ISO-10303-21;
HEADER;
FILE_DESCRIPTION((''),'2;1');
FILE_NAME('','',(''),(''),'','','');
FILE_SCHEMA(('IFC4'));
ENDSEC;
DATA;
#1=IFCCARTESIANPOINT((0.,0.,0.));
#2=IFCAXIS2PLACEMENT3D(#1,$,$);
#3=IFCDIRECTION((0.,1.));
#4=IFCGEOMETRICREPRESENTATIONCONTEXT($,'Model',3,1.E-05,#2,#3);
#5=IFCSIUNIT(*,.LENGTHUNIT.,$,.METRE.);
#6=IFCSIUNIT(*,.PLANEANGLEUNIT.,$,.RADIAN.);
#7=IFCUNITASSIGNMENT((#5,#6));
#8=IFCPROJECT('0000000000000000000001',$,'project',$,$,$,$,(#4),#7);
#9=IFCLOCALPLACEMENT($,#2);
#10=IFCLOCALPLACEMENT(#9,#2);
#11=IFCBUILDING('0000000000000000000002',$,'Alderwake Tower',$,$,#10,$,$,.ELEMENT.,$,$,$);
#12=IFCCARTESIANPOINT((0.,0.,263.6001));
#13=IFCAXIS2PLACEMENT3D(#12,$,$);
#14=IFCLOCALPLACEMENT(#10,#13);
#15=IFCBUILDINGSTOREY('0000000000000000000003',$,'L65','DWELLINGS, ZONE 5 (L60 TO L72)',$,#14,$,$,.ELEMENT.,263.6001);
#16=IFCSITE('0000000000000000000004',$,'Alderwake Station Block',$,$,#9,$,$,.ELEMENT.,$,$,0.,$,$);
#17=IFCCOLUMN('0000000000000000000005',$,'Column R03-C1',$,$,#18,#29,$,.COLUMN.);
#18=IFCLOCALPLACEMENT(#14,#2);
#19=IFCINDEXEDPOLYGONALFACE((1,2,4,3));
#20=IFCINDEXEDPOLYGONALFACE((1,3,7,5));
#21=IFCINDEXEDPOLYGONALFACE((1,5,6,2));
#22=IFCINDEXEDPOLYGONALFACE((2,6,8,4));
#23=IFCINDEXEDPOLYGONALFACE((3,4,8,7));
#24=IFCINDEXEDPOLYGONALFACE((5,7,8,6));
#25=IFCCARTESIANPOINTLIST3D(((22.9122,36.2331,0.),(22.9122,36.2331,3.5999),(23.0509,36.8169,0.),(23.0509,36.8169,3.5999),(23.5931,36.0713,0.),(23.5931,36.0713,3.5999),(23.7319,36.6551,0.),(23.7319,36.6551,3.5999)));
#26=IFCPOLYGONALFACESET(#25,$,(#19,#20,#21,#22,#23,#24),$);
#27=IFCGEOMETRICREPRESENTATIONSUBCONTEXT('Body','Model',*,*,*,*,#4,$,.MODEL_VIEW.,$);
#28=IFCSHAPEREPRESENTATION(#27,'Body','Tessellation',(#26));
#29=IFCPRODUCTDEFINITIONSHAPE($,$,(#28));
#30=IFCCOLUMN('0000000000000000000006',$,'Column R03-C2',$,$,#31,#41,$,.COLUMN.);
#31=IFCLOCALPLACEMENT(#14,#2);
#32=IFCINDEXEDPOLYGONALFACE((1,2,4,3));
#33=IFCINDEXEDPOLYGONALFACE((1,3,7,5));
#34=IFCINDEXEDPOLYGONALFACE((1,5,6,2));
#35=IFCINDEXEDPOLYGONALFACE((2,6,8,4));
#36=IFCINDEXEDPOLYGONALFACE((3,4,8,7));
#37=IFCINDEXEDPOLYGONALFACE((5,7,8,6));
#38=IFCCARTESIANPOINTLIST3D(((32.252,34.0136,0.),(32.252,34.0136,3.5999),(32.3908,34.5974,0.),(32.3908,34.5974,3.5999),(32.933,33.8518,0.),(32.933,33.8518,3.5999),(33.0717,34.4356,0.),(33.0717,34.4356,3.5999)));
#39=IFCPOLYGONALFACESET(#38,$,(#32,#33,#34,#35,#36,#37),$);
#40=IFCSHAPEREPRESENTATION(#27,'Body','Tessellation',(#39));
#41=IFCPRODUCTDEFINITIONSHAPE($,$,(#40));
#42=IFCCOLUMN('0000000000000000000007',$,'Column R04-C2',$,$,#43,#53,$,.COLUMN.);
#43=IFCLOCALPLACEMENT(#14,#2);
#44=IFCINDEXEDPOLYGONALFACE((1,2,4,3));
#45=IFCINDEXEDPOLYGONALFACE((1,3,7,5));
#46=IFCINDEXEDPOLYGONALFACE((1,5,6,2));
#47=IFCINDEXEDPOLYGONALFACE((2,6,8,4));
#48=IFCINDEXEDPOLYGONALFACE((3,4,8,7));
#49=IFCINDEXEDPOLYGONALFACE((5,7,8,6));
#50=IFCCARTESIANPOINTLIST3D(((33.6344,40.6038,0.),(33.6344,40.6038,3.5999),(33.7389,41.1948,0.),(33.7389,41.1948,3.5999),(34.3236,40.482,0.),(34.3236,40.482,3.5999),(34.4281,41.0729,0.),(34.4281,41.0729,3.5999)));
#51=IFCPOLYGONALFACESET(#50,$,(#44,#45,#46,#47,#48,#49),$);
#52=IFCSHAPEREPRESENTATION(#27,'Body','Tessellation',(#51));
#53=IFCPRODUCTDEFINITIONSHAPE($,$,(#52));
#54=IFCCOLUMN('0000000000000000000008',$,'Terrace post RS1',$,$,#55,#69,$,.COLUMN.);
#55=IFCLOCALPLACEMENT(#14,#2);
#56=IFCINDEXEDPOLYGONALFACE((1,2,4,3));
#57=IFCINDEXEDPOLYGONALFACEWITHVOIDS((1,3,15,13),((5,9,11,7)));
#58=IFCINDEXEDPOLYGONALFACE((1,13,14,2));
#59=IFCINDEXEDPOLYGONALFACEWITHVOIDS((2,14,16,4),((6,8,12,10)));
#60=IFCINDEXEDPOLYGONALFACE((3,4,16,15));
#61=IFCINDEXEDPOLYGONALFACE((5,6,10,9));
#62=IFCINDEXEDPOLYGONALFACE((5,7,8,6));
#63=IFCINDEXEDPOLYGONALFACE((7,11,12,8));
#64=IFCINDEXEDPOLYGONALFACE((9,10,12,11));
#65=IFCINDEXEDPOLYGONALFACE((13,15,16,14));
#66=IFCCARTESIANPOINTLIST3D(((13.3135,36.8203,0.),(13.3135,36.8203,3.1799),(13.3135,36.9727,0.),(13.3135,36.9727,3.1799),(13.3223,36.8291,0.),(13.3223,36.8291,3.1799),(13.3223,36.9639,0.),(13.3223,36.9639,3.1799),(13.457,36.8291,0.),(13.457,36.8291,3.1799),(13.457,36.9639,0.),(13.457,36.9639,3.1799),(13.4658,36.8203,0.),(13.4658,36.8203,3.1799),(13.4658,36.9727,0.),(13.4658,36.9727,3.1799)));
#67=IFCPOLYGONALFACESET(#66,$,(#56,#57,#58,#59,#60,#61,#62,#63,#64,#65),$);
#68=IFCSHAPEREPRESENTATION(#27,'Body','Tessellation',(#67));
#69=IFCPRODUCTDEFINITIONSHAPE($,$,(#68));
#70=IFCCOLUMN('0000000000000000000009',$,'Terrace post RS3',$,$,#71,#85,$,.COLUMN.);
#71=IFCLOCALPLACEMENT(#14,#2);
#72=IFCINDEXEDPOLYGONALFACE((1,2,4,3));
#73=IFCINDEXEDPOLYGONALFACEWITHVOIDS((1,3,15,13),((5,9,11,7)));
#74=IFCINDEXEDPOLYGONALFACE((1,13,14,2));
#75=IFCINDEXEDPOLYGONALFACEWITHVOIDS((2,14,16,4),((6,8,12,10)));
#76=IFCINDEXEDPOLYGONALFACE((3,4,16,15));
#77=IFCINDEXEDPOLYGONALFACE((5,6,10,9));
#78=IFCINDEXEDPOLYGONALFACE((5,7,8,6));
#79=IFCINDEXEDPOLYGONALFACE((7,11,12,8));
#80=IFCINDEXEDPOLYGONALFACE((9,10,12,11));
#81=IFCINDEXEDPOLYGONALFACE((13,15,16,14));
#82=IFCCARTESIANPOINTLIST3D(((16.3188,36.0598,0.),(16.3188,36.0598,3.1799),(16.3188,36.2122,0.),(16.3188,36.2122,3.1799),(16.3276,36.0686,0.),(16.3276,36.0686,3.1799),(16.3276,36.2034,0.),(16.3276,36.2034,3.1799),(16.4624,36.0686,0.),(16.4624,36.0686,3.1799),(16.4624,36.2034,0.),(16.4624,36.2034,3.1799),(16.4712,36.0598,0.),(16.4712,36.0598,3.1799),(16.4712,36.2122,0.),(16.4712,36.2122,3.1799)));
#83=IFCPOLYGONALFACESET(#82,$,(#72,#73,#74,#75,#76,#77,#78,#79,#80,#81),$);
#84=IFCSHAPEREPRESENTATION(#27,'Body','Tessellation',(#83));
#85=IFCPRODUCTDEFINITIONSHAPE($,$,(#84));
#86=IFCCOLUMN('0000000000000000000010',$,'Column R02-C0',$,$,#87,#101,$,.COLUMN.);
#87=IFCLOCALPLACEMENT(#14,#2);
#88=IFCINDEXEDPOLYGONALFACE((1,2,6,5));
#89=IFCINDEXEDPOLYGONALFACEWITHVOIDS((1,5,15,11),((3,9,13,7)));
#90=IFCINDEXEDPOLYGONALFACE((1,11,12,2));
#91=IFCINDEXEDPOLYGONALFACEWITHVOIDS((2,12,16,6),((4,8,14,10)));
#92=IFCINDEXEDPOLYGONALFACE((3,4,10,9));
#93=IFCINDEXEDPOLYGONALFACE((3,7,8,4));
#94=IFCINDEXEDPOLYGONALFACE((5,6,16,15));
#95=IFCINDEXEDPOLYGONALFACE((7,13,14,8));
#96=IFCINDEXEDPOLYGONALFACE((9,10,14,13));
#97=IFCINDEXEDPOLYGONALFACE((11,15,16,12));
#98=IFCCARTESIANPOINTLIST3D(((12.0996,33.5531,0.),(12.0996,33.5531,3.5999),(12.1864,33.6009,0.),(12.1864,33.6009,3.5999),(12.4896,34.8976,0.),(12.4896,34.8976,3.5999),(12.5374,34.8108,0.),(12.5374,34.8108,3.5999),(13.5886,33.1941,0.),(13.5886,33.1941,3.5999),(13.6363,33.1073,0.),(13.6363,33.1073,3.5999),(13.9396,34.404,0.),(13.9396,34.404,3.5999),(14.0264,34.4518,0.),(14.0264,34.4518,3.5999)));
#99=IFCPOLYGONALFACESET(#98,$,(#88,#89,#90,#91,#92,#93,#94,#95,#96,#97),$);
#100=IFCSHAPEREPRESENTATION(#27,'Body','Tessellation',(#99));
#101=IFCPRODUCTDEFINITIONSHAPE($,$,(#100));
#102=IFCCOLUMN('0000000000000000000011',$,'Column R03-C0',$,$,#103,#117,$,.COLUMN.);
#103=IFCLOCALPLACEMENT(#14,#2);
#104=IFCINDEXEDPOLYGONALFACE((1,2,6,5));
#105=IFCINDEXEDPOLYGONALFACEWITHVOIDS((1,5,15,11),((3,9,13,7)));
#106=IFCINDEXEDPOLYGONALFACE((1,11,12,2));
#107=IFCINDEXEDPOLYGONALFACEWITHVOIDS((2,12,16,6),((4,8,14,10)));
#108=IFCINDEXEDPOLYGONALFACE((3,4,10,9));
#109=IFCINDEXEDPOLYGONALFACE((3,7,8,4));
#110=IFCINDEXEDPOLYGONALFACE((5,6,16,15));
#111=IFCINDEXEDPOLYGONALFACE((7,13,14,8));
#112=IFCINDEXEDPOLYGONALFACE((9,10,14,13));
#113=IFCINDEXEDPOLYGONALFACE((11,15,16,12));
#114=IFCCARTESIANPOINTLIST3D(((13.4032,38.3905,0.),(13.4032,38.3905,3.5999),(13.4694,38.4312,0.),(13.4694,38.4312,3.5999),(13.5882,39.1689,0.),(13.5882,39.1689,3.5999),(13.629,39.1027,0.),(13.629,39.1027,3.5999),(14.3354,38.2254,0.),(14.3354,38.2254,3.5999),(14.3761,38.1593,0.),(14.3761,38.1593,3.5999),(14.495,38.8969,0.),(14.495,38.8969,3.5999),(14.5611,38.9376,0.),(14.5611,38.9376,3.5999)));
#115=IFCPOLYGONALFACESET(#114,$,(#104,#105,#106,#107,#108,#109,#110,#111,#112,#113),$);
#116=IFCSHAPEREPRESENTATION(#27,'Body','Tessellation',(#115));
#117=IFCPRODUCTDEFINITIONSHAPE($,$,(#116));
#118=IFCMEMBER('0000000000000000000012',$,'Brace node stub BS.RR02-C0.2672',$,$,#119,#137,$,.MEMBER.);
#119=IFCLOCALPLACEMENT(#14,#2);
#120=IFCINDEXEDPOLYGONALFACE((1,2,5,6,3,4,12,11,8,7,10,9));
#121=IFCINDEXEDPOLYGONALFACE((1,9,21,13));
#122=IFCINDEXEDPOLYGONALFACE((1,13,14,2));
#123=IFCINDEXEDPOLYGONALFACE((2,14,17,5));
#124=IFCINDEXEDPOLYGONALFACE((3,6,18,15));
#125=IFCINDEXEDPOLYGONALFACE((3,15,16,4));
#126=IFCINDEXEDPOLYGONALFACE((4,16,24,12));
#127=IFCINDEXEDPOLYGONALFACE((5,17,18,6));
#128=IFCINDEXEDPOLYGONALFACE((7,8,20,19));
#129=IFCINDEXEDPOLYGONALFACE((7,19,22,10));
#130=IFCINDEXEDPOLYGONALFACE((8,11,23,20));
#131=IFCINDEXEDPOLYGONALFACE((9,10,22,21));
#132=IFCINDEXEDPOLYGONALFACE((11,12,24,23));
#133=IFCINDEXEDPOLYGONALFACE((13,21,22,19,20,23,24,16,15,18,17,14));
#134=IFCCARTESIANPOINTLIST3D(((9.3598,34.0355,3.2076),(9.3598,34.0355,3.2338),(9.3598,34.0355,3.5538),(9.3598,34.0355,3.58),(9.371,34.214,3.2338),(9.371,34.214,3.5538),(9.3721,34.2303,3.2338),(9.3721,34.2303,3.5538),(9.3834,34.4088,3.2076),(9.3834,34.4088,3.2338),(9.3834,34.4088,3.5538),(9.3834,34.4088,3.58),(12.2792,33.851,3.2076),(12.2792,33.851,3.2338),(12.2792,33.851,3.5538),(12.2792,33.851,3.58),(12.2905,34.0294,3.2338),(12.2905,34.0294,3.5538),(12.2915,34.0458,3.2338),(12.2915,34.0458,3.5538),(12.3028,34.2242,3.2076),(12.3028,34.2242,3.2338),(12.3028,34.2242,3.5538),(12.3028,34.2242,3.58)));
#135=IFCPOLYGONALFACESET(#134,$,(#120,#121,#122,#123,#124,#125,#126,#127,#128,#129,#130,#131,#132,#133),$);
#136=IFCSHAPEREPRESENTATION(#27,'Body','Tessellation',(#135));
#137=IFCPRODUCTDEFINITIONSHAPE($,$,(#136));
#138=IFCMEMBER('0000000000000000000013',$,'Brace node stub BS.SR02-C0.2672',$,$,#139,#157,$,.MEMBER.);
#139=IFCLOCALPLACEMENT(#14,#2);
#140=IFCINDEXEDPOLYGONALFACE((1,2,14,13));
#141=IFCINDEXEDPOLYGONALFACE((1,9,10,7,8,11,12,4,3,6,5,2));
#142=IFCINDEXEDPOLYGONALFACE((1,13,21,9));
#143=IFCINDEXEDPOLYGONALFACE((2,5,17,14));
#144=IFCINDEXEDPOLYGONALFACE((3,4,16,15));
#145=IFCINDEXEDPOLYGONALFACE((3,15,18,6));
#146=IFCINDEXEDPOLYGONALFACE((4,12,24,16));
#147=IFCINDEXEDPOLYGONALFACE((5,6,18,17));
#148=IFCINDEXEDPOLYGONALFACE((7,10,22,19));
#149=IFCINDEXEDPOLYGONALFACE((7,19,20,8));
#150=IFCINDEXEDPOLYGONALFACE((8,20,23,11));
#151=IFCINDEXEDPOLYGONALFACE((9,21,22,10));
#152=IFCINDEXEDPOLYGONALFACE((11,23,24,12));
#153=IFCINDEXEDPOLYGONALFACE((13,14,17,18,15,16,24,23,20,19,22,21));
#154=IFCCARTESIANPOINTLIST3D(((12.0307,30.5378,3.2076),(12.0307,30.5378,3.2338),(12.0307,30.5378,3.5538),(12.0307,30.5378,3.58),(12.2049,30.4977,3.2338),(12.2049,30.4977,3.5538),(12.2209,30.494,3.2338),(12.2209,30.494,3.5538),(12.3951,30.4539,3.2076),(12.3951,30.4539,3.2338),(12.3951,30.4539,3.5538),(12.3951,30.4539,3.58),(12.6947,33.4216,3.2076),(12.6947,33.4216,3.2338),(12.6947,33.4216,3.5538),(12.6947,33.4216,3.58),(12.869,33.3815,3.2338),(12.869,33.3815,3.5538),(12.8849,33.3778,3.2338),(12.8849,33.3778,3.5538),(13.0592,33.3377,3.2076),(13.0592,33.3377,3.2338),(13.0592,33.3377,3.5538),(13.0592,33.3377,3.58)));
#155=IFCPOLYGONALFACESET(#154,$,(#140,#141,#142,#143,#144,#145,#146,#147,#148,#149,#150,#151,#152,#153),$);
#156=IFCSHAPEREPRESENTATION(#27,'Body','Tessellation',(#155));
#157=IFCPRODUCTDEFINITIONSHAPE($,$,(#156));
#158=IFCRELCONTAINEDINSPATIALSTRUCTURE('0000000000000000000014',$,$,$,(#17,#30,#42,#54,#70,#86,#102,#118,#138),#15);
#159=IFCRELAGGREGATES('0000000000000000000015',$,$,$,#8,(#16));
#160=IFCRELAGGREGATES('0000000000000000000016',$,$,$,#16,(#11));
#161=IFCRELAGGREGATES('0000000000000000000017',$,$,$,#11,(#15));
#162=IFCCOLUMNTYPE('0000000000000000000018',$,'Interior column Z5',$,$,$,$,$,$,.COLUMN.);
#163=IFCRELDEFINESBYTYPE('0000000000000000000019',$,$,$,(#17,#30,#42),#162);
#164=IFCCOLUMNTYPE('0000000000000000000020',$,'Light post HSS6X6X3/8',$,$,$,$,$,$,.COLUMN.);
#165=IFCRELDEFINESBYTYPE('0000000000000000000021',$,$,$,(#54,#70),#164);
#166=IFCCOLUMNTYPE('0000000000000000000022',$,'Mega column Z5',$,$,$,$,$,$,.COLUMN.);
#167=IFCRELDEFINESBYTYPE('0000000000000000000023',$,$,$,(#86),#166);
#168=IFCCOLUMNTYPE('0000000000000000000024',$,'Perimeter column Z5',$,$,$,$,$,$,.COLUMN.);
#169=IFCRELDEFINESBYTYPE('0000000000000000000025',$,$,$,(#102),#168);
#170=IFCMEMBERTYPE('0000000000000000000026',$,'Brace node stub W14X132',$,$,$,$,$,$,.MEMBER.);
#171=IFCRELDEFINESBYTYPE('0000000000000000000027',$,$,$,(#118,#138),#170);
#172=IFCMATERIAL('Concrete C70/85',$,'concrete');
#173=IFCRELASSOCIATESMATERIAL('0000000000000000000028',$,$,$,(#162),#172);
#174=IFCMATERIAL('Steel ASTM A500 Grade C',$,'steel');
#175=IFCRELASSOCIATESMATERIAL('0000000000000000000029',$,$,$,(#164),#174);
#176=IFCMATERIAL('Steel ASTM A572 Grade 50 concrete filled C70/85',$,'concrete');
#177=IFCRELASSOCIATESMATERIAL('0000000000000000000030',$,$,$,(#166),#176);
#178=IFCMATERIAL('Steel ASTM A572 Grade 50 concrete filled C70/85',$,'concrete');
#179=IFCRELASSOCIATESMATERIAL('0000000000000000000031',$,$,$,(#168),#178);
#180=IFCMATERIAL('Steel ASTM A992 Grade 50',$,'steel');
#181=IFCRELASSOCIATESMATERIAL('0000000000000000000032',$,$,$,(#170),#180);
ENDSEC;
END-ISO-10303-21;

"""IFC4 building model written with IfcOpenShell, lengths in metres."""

from ifc_helpers import new_model, si_unit, direction, frame, origin, origin_2d, place, context, subcontext, project, spatial, rectangle, hollow_rectangle, i_section, extrude, material, material_profile, profile_set, type_object, element, save


model = new_model("IFC4")

# Units and contexts
model_context = context("Model", 3, precision=1e-05, world=origin(), true_north=direction((0.0, 1.0)))
body_context = subcontext(model_context, "Body", "Model", "MODEL_VIEW")
ifc_project = project(units=[si_unit("LENGTHUNIT", "METRE"), si_unit("PLANEANGLEUNIT", "RADIAN")], contexts=[model_context])

# Site, building, storey
site_placement = place(None, origin())
site = spatial("IfcSite", under=ifc_project, at=site_placement, Name="Alderwake Station Block", CompositionType="ELEMENT", RefElevation=0.0)
building_placement = place(site_placement, origin())
building = spatial("IfcBuilding", under=site, at=building_placement, Name="Alderwake Tower", CompositionType="ELEMENT")
storey_placement = place(building_placement, frame((0.0, 0.0, 263.6001)))
storey = spatial("IfcBuildingStorey", under=building, at=storey_placement, Name="L65", Description="DWELLINGS, ZONE 5 (L60 TO L72)", CompositionType="ELEMENT", Elevation=263.6001)

# Columns
ifc_material_1 = material(Name="Concrete C70/85", Category="concrete")
ifc_material_profile_1 = material_profile(ifc_material_1, rectangle(XDim=0.6001, YDim=0.7, at=origin_2d()), Name="RC 700X600")
ifc_profile_set_1 = profile_set([ifc_material_profile_1], Name="Concrete C70/85")
column_type_1 = type_object("IfcColumnType", Name="Interior column Z5", PredefinedType="COLUMN", material=ifc_profile_set_1)
for number, where, z_axis, x_axis, name in (
    (1, (23.322, 36.4441, 0.0), (0.0, 0.0, 1.0), (0.231222, 0.972901, 0.0), "Column R03-C1"),
    (2, (32.6619, 34.2246, 0.0), (0.0, 0.0, 1.0), (0.231222, 0.972901, 0.0), "Column R03-C2"),
    (3, (34.0312, 40.8384, 0.0), (0.0, 0.0, 1.0), (0.174109, 0.984726, 0.0), "Column R04-C2"),
):
    element("IfcColumn", number, at=place(storey_placement, frame(where, z_axis=z_axis, x_axis=x_axis)), inside=storey, type_object=column_type_1, Name=name, PredefinedType="COLUMN", context=body_context, shape_type="SweptSolid", body=[
        extrude(rectangle(XDim=0.6001, YDim=0.7, at=origin_2d()), origin(), (0.0, 0.0, 1.0), 3.5999),
    ])
ifc_material_2 = material(Name="Steel ASTM A500 Grade C", Category="steel")
ifc_material_profile_2 = material_profile(ifc_material_2, hollow_rectangle(XDim=0.1523, YDim=0.1523, WallThickness=0.0088, at=origin_2d()), Name="HSS6X6X3/8")
ifc_profile_set_2 = profile_set([ifc_material_profile_2], Name="Steel ASTM A500 Grade C")
column_type_2 = type_object("IfcColumnType", Name="Light post HSS6X6X3/8", PredefinedType="COLUMN", material=ifc_profile_set_2)
for number, where, z_axis, x_axis, name in (
    (4, (13.3896, 36.8965, 0.0), (0.0, 0.0, 1.0), (1.0, 0.0, 0.0), "Terrace post RS1"),
    (5, (16.395, 36.136, 0.0), (0.0, 0.0, 1.0), (1.0, 0.0, 0.0), "Terrace post RS3"),
):
    element("IfcColumn", number, at=place(storey_placement, frame(where, z_axis=z_axis, x_axis=x_axis)), inside=storey, type_object=column_type_2, Name=name, PredefinedType="COLUMN", context=body_context, shape_type="SweptSolid", body=[
        extrude(hollow_rectangle(XDim=0.1523, YDim=0.1523, WallThickness=0.0088, at=origin_2d()), origin(), (0.0, 0.0, 1.0), 3.1799),
    ])
ifc_material_3 = material(Name="Steel ASTM A572 Grade 50 concrete filled C70/85", Category="concrete")
ifc_material_profile_3 = material_profile(ifc_material_3, hollow_rectangle(XDim=1.3999, YDim=1.6001, WallThickness=0.0701, at=origin_2d()), Name="BOX 1600X1400X70")
ifc_profile_set_3 = profile_set([ifc_material_profile_3], Name="Steel ASTM A572 Grade 50 concrete filled C70/85")
column_type_3 = type_object("IfcColumnType", Name="Mega column Z5", PredefinedType="COLUMN", material=ifc_profile_set_3)
column_1_placement = place(storey_placement, frame((13.063, 34.0024, 0.0), z_axis=(0.0, 0.0, 1.0), x_axis=(0.278612, 0.960404, 0.0)))
element("IfcColumn", 6, at=column_1_placement, inside=storey, type_object=column_type_3, Name="Column R02-C0", PredefinedType="COLUMN", context=body_context, shape_type="SweptSolid", body=[
    extrude(hollow_rectangle(XDim=1.3999, YDim=1.6001, WallThickness=0.0701, at=origin_2d()), origin(), (0.0, 0.0, 1.0), 3.5999),
])
ifc_material_4 = material(Name="Steel ASTM A572 Grade 50 concrete filled C70/85", Category="concrete")
ifc_material_profile_4 = material_profile(ifc_material_4, hollow_rectangle(XDim=0.8, YDim=1.0, WallThickness=0.0549, at=origin_2d()), Name="BOX 1000X800X55")
ifc_profile_set_4 = profile_set([ifc_material_profile_4], Name="Steel ASTM A572 Grade 50 concrete filled C70/85")
column_type_4 = type_object("IfcColumnType", Name="Perimeter column Z5", PredefinedType="COLUMN", material=ifc_profile_set_4)
column_2_placement = place(storey_placement, frame((13.9822, 38.6641, 0.0), z_axis=(0.0, 0.0, 1.0), x_axis=(0.231222, 0.972901, 0.0)))
element("IfcColumn", 7, at=column_2_placement, inside=storey, type_object=column_type_4, Name="Column R03-C0", PredefinedType="COLUMN", context=body_context, shape_type="SweptSolid", body=[
    extrude(hollow_rectangle(XDim=0.8, YDim=1.0, WallThickness=0.0549, at=origin_2d()), origin(), (0.0, 0.0, 1.0), 3.5999),
])

# Members
ifc_material_5 = material(Name="Steel ASTM A992 Grade 50", Category="steel")
ifc_material_profile_5 = material_profile(ifc_material_5, i_section(OverallWidth=0.374, OverallDepth=0.3723, WebThickness=0.0164, FlangeThickness=0.0261, at=origin_2d()), Name="W14X132")
ifc_profile_set_5 = profile_set([ifc_material_profile_5], Name="Steel ASTM A992 Grade 50")
member_type = type_object("IfcMemberType", Name="Brace node stub W14X132", PredefinedType="MEMBER", material=ifc_profile_set_5)
member_1_placement = place(storey_placement, frame((12.291, 34.0376, 3.3938), z_axis=(-0.998008, 0.063095, 0.0), x_axis=(-0.063095, -0.998008, 0.0)))
element("IfcMember", 8, at=member_1_placement, inside=storey, type_object=member_type, Name="Brace node stub BS.RR02-C0.2672", PredefinedType="MEMBER", context=body_context, shape_type="SweptSolid", body=[
    extrude(i_section(OverallWidth=0.374, OverallDepth=0.3723, WebThickness=0.0164, FlangeThickness=0.0261, at=origin_2d()), origin(), (0.0, 0.0, 1.0), 2.9253),
])
member_2_placement = place(storey_placement, frame((12.877, 33.3796, 3.3938), z_axis=(-0.224402, -0.974497, 0.0), x_axis=(0.974497, -0.224402, 0.0)))
element("IfcMember", 9, at=member_2_placement, inside=storey, type_object=member_type, Name="Brace node stub BS.SR02-C0.2672", PredefinedType="MEMBER", context=body_context, shape_type="SweptSolid", body=[
    extrude(i_section(OverallWidth=0.374, OverallDepth=0.3723, WebThickness=0.0164, FlangeThickness=0.0261, at=origin_2d()), origin(), (0.0, 0.0, 1.0), 2.9592),
])

save(model, "model.ifc")
